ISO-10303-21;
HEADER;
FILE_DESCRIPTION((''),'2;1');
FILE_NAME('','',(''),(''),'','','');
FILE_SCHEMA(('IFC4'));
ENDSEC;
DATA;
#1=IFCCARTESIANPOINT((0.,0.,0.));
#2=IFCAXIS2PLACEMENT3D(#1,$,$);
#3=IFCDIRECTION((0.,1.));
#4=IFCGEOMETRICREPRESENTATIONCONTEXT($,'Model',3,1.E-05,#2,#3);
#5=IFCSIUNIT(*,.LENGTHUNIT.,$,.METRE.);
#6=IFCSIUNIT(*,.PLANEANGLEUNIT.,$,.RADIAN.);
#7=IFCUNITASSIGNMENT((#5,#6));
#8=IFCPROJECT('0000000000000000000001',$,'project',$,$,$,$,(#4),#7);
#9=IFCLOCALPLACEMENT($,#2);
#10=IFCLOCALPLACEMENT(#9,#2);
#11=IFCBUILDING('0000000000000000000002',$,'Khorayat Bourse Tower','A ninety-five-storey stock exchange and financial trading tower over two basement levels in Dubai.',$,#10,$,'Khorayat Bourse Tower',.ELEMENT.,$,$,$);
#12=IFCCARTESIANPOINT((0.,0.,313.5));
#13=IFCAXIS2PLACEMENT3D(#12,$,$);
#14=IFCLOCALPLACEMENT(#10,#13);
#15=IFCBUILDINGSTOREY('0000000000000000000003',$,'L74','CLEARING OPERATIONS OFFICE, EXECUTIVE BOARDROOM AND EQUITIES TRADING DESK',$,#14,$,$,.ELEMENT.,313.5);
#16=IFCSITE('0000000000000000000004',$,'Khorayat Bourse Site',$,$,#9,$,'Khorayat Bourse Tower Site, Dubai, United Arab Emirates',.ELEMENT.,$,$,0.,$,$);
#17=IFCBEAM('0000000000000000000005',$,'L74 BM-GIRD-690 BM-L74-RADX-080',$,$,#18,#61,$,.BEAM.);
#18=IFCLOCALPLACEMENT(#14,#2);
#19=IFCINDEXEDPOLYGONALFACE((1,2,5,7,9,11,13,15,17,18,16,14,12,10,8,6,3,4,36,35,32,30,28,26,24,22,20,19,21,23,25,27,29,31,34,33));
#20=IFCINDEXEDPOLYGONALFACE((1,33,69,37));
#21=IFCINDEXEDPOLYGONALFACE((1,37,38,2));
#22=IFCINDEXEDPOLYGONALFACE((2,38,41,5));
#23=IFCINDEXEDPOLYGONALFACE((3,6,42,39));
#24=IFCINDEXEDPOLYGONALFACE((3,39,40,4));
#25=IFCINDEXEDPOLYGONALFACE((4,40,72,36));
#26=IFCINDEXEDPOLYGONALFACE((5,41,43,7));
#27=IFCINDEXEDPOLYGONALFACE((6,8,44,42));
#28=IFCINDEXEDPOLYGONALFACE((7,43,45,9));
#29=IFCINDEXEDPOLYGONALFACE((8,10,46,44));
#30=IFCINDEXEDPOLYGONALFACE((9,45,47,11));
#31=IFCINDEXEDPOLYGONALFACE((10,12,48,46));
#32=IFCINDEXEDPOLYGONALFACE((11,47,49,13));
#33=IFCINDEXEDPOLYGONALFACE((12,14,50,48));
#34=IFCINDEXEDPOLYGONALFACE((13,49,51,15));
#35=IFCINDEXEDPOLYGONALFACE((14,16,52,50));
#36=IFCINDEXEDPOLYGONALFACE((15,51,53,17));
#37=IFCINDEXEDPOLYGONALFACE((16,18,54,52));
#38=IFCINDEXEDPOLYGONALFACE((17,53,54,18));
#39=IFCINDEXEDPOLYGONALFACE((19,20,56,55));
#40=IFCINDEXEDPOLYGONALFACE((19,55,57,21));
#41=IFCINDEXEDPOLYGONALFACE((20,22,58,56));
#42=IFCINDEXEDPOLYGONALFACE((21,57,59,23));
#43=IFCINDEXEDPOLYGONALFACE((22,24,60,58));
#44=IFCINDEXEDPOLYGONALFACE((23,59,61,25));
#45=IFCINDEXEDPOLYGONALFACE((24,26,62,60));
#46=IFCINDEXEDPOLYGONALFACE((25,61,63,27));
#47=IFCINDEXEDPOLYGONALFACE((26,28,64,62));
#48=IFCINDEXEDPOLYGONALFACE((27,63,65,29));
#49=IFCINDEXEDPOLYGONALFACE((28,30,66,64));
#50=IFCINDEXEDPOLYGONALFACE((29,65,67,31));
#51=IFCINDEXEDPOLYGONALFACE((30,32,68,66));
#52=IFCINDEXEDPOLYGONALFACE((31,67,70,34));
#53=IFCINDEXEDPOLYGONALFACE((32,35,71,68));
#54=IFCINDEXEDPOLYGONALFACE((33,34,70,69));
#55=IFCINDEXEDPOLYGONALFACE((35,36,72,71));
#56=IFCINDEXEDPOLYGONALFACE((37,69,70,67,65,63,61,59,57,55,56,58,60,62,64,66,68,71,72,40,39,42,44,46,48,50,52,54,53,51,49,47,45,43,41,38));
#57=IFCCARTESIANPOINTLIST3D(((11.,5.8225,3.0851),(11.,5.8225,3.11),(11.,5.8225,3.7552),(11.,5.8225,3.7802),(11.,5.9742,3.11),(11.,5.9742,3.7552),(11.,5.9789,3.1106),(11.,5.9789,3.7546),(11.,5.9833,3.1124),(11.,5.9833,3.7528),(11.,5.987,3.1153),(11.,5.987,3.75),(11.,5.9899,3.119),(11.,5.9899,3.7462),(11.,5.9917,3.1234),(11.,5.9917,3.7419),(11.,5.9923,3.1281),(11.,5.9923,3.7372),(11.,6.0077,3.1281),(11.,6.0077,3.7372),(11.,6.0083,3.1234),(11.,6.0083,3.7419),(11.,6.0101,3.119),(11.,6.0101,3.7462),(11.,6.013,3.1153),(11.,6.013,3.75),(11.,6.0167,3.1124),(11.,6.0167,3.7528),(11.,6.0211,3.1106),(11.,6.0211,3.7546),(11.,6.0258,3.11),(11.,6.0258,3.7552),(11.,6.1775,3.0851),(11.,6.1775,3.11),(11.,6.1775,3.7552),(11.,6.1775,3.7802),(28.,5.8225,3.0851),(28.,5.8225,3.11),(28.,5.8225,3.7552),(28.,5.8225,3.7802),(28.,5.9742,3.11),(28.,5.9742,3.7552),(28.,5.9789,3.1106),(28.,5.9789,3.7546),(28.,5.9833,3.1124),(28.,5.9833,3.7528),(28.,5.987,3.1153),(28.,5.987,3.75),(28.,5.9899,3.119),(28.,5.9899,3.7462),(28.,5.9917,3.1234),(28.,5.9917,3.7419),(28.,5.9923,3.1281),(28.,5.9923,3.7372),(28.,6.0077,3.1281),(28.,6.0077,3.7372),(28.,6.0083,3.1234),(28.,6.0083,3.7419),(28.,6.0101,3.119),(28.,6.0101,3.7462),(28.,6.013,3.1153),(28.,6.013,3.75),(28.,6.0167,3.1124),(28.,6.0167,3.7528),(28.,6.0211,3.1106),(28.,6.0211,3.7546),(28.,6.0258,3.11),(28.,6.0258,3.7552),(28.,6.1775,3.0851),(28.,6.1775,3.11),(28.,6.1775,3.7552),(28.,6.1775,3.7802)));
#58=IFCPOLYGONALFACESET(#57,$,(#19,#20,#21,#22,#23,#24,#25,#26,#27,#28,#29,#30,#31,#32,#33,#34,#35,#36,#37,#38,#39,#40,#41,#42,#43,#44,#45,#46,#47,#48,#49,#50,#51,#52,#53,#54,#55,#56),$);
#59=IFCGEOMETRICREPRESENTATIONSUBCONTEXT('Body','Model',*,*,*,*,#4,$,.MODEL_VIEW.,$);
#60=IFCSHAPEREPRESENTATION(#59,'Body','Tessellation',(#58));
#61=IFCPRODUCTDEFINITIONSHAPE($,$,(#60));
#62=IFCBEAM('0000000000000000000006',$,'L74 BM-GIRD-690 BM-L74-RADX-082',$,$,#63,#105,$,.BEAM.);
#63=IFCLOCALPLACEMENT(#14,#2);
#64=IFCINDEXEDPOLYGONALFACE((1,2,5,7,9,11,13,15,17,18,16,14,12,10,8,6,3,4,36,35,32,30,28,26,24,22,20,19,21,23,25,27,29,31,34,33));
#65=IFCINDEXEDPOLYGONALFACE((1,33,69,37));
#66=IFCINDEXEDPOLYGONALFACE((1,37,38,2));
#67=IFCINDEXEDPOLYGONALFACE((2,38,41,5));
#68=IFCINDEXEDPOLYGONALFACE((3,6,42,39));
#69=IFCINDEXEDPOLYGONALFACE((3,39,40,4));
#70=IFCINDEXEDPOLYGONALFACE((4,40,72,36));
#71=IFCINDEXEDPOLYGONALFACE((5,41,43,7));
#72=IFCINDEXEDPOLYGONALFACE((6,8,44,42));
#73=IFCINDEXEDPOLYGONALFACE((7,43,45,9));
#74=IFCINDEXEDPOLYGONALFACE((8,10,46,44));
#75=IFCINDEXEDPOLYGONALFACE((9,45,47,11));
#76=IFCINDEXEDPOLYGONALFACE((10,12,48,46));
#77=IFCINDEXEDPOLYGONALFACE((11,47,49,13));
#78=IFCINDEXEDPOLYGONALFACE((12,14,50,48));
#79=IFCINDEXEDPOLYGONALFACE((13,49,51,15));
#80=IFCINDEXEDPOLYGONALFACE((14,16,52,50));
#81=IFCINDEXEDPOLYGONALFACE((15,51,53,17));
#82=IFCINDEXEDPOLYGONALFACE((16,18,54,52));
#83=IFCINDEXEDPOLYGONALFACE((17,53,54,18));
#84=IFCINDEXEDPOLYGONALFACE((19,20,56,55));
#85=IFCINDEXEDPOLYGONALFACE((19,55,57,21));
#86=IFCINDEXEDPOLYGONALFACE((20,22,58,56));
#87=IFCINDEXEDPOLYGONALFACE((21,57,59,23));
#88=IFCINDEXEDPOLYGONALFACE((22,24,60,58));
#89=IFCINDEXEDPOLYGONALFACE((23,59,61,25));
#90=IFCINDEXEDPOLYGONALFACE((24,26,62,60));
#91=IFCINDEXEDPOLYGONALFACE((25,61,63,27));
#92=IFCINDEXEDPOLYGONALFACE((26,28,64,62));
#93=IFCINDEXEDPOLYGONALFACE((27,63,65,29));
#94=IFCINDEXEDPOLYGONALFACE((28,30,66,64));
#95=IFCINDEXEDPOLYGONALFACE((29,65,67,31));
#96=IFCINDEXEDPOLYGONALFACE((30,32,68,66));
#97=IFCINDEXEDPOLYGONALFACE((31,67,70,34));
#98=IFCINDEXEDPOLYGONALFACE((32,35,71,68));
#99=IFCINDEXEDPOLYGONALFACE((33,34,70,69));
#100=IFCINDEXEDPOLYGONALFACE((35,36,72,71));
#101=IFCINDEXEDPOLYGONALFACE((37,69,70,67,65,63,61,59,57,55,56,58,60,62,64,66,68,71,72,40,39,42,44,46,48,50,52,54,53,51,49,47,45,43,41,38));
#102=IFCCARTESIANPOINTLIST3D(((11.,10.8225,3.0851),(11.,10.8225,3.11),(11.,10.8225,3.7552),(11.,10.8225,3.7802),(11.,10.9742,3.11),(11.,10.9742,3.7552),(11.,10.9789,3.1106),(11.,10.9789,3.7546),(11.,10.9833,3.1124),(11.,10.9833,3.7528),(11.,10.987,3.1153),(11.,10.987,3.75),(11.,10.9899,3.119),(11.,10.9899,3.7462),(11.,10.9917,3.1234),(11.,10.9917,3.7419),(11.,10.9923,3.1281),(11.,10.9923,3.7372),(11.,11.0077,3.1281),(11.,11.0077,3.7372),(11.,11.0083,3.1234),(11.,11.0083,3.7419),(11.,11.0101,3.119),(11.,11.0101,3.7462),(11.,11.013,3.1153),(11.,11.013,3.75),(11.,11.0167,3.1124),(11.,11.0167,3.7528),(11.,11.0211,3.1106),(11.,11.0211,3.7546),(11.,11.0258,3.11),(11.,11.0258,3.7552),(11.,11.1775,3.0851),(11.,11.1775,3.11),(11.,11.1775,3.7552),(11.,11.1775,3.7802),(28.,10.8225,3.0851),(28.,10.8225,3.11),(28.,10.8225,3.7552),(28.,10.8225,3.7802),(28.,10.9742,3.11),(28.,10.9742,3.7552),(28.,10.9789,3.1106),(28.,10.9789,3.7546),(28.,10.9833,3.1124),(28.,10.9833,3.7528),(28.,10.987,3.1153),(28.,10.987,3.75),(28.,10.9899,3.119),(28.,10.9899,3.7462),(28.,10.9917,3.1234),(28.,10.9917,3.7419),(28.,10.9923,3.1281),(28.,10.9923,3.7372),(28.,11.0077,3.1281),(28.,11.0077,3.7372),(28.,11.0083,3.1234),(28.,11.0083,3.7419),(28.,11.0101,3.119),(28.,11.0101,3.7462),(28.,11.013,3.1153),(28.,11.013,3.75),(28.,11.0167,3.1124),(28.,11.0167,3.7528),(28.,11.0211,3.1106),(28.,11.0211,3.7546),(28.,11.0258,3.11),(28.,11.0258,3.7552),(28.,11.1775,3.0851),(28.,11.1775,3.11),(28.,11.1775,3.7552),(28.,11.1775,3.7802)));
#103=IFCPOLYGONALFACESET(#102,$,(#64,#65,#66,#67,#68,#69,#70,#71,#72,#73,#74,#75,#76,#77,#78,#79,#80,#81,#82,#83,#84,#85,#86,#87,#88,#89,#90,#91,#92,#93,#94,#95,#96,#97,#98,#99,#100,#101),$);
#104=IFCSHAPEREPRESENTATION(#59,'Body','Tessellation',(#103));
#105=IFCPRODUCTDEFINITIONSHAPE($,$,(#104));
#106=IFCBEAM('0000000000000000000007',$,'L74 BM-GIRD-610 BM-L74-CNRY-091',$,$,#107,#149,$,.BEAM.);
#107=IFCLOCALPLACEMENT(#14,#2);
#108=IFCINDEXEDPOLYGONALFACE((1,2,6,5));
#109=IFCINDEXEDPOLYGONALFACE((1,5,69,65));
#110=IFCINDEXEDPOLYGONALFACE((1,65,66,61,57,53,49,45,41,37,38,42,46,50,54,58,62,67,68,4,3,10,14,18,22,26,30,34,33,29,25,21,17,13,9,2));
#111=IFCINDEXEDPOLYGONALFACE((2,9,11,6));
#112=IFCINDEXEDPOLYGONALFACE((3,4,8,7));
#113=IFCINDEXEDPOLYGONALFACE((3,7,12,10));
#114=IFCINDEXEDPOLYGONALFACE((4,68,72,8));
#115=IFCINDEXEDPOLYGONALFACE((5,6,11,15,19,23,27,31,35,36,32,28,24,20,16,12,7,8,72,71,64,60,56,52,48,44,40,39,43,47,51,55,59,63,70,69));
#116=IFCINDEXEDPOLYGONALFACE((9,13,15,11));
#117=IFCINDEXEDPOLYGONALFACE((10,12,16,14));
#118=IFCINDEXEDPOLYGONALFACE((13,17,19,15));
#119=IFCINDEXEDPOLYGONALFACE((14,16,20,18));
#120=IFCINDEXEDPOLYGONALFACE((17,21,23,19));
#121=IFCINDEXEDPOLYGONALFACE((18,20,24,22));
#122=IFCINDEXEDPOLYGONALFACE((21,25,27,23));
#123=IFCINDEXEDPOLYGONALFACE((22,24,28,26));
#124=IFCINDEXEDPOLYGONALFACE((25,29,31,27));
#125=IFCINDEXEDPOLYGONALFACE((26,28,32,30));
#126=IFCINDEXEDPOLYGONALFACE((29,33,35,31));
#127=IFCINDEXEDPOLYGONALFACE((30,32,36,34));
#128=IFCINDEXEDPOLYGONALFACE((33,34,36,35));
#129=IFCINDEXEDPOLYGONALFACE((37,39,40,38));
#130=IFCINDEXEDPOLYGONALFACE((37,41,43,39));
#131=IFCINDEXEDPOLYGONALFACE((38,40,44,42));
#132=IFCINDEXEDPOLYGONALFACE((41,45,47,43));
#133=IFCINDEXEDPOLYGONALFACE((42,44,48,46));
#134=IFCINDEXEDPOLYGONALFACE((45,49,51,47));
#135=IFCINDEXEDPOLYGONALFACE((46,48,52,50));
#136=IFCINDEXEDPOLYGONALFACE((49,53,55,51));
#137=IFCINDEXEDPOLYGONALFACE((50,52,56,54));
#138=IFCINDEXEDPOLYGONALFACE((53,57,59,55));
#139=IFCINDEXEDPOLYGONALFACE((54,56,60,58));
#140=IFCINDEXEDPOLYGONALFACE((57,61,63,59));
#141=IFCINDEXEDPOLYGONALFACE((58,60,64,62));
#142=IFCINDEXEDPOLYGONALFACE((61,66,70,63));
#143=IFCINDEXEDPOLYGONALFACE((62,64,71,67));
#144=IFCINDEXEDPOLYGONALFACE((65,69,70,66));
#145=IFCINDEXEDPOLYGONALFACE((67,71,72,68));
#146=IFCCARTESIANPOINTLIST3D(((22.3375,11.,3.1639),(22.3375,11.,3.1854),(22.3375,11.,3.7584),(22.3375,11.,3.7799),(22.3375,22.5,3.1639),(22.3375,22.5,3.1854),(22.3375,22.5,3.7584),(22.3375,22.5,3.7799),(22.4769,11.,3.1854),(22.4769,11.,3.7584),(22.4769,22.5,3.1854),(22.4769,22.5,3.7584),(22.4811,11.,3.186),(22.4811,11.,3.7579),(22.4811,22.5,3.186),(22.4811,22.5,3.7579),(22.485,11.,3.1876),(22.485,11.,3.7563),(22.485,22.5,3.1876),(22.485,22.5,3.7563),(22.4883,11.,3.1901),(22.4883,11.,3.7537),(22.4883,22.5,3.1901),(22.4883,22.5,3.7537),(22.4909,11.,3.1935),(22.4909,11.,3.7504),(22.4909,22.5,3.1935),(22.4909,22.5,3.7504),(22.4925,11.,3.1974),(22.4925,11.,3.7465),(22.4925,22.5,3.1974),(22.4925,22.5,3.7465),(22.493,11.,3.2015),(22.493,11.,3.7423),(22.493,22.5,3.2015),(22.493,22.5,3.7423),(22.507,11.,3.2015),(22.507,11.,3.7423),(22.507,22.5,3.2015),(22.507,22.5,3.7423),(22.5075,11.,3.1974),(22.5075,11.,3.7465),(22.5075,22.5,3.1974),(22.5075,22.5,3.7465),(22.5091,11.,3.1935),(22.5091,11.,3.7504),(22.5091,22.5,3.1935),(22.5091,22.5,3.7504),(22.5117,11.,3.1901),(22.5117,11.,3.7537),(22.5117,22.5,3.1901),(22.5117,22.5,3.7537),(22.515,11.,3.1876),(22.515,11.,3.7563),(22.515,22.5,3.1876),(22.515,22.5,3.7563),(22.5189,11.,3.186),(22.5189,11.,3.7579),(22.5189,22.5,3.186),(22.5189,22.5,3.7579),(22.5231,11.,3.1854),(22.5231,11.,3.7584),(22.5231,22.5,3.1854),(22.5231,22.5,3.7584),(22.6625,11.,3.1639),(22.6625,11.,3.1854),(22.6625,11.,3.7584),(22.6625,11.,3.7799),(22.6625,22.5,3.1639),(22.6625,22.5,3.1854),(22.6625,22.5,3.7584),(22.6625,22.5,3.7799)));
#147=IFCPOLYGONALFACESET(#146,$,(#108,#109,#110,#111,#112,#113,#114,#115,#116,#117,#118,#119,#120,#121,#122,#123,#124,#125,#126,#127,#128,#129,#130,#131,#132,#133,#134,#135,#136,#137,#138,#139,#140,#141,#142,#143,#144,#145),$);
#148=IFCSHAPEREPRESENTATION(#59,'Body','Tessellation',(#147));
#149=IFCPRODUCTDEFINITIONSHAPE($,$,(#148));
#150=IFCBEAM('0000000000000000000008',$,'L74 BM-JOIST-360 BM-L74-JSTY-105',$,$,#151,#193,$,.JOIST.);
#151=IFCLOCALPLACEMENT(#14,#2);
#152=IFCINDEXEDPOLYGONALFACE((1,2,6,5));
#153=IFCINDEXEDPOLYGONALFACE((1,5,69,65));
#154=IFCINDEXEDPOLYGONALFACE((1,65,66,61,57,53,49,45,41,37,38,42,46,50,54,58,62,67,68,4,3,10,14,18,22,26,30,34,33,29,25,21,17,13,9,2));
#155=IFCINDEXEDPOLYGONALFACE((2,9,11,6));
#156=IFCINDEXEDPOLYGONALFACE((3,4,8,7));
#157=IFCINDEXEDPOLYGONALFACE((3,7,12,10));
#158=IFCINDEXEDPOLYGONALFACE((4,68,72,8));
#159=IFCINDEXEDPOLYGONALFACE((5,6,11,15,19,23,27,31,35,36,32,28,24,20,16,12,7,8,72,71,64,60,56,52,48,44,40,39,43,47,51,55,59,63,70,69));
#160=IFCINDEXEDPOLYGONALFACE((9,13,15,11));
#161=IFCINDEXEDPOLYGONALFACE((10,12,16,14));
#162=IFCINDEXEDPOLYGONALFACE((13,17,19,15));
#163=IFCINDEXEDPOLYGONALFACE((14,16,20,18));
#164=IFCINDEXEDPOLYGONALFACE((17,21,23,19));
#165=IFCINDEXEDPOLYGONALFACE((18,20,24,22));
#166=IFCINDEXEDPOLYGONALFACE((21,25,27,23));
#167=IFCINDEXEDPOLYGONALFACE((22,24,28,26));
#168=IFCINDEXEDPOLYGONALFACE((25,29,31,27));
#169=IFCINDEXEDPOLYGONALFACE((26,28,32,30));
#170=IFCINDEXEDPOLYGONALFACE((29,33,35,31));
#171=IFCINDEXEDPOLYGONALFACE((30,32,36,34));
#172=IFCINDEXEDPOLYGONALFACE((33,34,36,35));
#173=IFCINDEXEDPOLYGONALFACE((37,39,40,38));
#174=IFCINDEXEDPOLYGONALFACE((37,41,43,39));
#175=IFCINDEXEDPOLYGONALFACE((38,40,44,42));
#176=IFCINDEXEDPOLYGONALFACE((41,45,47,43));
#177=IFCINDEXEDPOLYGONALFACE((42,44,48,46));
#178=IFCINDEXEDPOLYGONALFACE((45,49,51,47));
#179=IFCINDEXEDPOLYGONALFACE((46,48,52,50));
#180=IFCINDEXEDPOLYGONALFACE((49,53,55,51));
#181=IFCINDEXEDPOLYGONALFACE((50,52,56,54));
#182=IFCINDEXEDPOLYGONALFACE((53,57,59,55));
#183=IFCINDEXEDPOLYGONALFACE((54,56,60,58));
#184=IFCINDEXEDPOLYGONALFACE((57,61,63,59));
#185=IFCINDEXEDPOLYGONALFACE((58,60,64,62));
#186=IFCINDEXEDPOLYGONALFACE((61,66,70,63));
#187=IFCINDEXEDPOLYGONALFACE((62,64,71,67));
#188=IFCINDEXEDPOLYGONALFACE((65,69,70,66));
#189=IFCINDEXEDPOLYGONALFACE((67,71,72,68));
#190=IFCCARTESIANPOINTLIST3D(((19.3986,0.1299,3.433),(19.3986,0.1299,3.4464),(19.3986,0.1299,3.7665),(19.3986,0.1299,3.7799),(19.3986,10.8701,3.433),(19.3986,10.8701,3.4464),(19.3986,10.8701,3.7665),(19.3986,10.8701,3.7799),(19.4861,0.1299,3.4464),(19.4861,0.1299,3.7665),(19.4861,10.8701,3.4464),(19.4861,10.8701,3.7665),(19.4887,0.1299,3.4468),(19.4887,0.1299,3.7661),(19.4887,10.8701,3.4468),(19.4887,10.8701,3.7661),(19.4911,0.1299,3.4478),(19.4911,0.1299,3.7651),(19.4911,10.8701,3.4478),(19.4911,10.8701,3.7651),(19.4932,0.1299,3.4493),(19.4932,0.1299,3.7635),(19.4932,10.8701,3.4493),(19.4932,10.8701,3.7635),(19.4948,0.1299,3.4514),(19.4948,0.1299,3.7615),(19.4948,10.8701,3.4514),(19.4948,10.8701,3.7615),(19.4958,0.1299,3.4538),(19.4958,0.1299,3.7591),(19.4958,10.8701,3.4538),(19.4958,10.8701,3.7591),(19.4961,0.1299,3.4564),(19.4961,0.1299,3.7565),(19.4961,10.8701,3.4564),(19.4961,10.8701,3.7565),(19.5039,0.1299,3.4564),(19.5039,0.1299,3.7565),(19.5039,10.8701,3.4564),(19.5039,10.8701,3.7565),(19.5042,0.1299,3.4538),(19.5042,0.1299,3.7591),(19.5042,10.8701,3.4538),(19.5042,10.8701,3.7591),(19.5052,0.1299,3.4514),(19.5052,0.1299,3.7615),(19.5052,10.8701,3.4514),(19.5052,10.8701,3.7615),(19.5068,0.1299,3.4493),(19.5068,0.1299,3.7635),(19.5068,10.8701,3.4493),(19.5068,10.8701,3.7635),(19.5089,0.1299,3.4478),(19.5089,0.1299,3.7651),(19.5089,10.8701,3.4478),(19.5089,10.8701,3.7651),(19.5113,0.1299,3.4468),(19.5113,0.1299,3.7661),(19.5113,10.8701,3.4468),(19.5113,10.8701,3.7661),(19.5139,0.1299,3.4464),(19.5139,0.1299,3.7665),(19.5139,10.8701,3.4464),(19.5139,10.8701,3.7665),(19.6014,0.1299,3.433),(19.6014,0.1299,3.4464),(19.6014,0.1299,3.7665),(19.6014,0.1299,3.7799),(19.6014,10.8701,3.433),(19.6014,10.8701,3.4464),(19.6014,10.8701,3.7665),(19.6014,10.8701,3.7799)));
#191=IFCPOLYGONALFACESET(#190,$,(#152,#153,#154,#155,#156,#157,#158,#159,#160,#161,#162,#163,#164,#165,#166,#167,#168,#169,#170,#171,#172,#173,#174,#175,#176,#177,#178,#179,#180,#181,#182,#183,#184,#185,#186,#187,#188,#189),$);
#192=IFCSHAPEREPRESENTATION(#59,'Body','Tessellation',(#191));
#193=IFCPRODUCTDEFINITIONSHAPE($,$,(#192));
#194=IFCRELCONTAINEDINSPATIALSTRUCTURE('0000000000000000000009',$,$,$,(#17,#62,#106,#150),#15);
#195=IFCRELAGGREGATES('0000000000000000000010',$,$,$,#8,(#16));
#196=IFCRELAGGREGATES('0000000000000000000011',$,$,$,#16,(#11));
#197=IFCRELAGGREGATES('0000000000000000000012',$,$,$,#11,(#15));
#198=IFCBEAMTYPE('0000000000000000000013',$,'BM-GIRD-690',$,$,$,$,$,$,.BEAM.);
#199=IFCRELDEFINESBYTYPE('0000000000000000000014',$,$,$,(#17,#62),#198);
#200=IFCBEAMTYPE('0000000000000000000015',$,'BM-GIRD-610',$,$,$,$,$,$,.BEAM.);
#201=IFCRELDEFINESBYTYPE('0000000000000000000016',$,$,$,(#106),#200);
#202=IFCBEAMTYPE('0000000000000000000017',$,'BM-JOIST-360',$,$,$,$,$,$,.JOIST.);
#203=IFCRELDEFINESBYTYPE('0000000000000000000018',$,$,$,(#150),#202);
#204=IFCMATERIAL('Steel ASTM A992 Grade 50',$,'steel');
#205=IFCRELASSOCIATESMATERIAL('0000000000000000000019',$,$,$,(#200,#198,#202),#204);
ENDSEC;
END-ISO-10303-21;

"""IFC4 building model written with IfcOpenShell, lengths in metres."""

from ifc_helpers import new_model, si_unit, direction, frame, origin, origin_2d, place, context, subcontext, project, spatial, i_section, extrude, source, transform, mapped, material, material_profile, profile_set, type_object, element, save


model = new_model("IFC4")

# Units and contexts
model_context = context("Model", 3, precision=1e-05, world=origin(), true_north=direction((0.0, 1.0)))
body_context = subcontext(model_context, "Body", "Model", "MODEL_VIEW")
ifc_project = project(units=[si_unit("LENGTHUNIT", "METRE"), si_unit("PLANEANGLEUNIT", "RADIAN")], contexts=[model_context])

# Site, building, storey
site_placement = place(None, origin())
site = spatial("IfcSite", under=ifc_project, at=site_placement, Name="Khorayat Bourse Site", LongName="Khorayat Bourse Tower Site, Dubai, United Arab Emirates", CompositionType="ELEMENT", RefElevation=0.0)
building_placement = place(site_placement, origin())
building = spatial("IfcBuilding", under=site, at=building_placement, Name="Khorayat Bourse Tower", Description="A ninety-five-storey stock exchange and financial trading tower over two basement levels in Dubai.", LongName="Khorayat Bourse Tower", CompositionType="ELEMENT")
storey_placement = place(building_placement, frame((0.0, 0.0, 313.5)))
storey = spatial("IfcBuildingStorey", under=building, at=storey_placement, Name="L74", Description="CLEARING OPERATIONS OFFICE, EXECUTIVE BOARDROOM AND EQUITIES TRADING DESK", CompositionType="ELEMENT", Elevation=313.5)

# Shared definitions
ifc_material_1 = material(Name="Steel ASTM A992 Grade 50", Category="steel")
ifc_material_profile_1 = material_profile(ifc_material_1, i_section(OverallWidth=0.325, OverallDepth=0.616, WebThickness=0.0139, FlangeThickness=0.0215, FilletRadius=0.0161, at=origin_2d()), Name="W610X174")
ifc_profile_set_1 = profile_set([ifc_material_profile_1], Name="Steel ASTM A992 Grade 50")
beam_type_1 = type_object("IfcBeamType", Name="BM-GIRD-610", PredefinedType="BEAM", material=ifc_profile_set_1)

# Beams
ifc_material_profile_2 = material_profile(ifc_material_1, i_section(OverallWidth=0.355, OverallDepth=0.6951, WebThickness=0.0154, FlangeThickness=0.0249, FilletRadius=0.0181, at=origin_2d()), Name="W690X217")
ifc_profile_set_2 = profile_set([ifc_material_profile_2], Name="Steel ASTM A992 Grade 50")
beam_type_2 = type_object("IfcBeamType", Name="BM-GIRD-690", PredefinedType="BEAM", material=ifc_profile_set_2)
shared_shape_1 = source(origin(), body_context, "Body", "SweptSolid", [
    extrude(i_section(OverallWidth=0.355, OverallDepth=0.6951, WebThickness=0.0154, FlangeThickness=0.0249, FilletRadius=0.0181, at=origin_2d()), origin(), (0.0, 0.0, 1.0), 17.0),
])
for number, where, z_axis, x_axis, name in (
    (1, (11.0, 6.0, 3.4326), (1.0, 0.0, 0.0), (0.0, 1.0, 0.0), "L74 BM-GIRD-690 BM-L74-RADX-080"),
    (2, (11.0, 11.0, 3.4326), (1.0, 0.0, 0.0), (0.0, 1.0, 0.0), "L74 BM-GIRD-690 BM-L74-RADX-082"),
):
    element("IfcBeam", number, at=place(storey_placement, frame(where, z_axis=z_axis, x_axis=x_axis)), inside=storey, type_object=beam_type_2, Name=name, PredefinedType="BEAM", context=body_context, shape_type="MappedRepresentation", body=[
        mapped(shared_shape_1, transform((0.0, 0.0, 0.0), scale=1.0)),
    ])
shared_shape_2 = source(origin(), body_context, "Body", "SweptSolid", [
    extrude(i_section(OverallWidth=0.325, OverallDepth=0.616, WebThickness=0.0139, FlangeThickness=0.0215, FilletRadius=0.0161, at=origin_2d()), origin(), (0.0, 0.0, 1.0), 11.5),
])
beam_1_placement = place(storey_placement, frame((22.5, 11.0, 3.4719), z_axis=(0.0, 1.0, 0.0), x_axis=(-1.0, 0.0, 0.0)))
element("IfcBeam", 3, at=beam_1_placement, inside=storey, type_object=beam_type_1, Name="L74 BM-GIRD-610 BM-L74-CNRY-091", PredefinedType="BEAM", context=body_context, shape_type="MappedRepresentation", body=[
    mapped(shared_shape_2, transform((0.0, 0.0, 0.0), scale=1.0)),
])
ifc_material_profile_3 = material_profile(ifc_material_1, i_section(OverallWidth=0.2029, OverallDepth=0.3469, WebThickness=0.0078, FlangeThickness=0.0134, FilletRadius=0.01, at=origin_2d()), Name="W360X64")
ifc_profile_set_3 = profile_set([ifc_material_profile_3], Name="Steel ASTM A992 Grade 50")
beam_type_3 = type_object("IfcBeamType", Name="BM-JOIST-360", PredefinedType="JOIST", material=ifc_profile_set_3)
shared_shape_3 = source(origin(), body_context, "Body", "SweptSolid", [
    extrude(i_section(OverallWidth=0.2029, OverallDepth=0.3469, WebThickness=0.0078, FlangeThickness=0.0134, FilletRadius=0.01, at=origin_2d()), origin(), (0.0, 0.0, 1.0), 10.7402),
])
beam_2_placement = place(storey_placement, frame((19.5, 0.1299, 3.6064), z_axis=(0.0, 1.0, 0.0), x_axis=(-1.0, 0.0, 0.0)))
element("IfcBeam", 4, at=beam_2_placement, inside=storey, type_object=beam_type_3, Name="L74 BM-JOIST-360 BM-L74-JSTY-105", PredefinedType="JOIST", context=body_context, shape_type="MappedRepresentation", body=[
    mapped(shared_shape_3, transform((0.0, 0.0, 0.0), scale=1.0)),
])

save(model, "model.ifc")
